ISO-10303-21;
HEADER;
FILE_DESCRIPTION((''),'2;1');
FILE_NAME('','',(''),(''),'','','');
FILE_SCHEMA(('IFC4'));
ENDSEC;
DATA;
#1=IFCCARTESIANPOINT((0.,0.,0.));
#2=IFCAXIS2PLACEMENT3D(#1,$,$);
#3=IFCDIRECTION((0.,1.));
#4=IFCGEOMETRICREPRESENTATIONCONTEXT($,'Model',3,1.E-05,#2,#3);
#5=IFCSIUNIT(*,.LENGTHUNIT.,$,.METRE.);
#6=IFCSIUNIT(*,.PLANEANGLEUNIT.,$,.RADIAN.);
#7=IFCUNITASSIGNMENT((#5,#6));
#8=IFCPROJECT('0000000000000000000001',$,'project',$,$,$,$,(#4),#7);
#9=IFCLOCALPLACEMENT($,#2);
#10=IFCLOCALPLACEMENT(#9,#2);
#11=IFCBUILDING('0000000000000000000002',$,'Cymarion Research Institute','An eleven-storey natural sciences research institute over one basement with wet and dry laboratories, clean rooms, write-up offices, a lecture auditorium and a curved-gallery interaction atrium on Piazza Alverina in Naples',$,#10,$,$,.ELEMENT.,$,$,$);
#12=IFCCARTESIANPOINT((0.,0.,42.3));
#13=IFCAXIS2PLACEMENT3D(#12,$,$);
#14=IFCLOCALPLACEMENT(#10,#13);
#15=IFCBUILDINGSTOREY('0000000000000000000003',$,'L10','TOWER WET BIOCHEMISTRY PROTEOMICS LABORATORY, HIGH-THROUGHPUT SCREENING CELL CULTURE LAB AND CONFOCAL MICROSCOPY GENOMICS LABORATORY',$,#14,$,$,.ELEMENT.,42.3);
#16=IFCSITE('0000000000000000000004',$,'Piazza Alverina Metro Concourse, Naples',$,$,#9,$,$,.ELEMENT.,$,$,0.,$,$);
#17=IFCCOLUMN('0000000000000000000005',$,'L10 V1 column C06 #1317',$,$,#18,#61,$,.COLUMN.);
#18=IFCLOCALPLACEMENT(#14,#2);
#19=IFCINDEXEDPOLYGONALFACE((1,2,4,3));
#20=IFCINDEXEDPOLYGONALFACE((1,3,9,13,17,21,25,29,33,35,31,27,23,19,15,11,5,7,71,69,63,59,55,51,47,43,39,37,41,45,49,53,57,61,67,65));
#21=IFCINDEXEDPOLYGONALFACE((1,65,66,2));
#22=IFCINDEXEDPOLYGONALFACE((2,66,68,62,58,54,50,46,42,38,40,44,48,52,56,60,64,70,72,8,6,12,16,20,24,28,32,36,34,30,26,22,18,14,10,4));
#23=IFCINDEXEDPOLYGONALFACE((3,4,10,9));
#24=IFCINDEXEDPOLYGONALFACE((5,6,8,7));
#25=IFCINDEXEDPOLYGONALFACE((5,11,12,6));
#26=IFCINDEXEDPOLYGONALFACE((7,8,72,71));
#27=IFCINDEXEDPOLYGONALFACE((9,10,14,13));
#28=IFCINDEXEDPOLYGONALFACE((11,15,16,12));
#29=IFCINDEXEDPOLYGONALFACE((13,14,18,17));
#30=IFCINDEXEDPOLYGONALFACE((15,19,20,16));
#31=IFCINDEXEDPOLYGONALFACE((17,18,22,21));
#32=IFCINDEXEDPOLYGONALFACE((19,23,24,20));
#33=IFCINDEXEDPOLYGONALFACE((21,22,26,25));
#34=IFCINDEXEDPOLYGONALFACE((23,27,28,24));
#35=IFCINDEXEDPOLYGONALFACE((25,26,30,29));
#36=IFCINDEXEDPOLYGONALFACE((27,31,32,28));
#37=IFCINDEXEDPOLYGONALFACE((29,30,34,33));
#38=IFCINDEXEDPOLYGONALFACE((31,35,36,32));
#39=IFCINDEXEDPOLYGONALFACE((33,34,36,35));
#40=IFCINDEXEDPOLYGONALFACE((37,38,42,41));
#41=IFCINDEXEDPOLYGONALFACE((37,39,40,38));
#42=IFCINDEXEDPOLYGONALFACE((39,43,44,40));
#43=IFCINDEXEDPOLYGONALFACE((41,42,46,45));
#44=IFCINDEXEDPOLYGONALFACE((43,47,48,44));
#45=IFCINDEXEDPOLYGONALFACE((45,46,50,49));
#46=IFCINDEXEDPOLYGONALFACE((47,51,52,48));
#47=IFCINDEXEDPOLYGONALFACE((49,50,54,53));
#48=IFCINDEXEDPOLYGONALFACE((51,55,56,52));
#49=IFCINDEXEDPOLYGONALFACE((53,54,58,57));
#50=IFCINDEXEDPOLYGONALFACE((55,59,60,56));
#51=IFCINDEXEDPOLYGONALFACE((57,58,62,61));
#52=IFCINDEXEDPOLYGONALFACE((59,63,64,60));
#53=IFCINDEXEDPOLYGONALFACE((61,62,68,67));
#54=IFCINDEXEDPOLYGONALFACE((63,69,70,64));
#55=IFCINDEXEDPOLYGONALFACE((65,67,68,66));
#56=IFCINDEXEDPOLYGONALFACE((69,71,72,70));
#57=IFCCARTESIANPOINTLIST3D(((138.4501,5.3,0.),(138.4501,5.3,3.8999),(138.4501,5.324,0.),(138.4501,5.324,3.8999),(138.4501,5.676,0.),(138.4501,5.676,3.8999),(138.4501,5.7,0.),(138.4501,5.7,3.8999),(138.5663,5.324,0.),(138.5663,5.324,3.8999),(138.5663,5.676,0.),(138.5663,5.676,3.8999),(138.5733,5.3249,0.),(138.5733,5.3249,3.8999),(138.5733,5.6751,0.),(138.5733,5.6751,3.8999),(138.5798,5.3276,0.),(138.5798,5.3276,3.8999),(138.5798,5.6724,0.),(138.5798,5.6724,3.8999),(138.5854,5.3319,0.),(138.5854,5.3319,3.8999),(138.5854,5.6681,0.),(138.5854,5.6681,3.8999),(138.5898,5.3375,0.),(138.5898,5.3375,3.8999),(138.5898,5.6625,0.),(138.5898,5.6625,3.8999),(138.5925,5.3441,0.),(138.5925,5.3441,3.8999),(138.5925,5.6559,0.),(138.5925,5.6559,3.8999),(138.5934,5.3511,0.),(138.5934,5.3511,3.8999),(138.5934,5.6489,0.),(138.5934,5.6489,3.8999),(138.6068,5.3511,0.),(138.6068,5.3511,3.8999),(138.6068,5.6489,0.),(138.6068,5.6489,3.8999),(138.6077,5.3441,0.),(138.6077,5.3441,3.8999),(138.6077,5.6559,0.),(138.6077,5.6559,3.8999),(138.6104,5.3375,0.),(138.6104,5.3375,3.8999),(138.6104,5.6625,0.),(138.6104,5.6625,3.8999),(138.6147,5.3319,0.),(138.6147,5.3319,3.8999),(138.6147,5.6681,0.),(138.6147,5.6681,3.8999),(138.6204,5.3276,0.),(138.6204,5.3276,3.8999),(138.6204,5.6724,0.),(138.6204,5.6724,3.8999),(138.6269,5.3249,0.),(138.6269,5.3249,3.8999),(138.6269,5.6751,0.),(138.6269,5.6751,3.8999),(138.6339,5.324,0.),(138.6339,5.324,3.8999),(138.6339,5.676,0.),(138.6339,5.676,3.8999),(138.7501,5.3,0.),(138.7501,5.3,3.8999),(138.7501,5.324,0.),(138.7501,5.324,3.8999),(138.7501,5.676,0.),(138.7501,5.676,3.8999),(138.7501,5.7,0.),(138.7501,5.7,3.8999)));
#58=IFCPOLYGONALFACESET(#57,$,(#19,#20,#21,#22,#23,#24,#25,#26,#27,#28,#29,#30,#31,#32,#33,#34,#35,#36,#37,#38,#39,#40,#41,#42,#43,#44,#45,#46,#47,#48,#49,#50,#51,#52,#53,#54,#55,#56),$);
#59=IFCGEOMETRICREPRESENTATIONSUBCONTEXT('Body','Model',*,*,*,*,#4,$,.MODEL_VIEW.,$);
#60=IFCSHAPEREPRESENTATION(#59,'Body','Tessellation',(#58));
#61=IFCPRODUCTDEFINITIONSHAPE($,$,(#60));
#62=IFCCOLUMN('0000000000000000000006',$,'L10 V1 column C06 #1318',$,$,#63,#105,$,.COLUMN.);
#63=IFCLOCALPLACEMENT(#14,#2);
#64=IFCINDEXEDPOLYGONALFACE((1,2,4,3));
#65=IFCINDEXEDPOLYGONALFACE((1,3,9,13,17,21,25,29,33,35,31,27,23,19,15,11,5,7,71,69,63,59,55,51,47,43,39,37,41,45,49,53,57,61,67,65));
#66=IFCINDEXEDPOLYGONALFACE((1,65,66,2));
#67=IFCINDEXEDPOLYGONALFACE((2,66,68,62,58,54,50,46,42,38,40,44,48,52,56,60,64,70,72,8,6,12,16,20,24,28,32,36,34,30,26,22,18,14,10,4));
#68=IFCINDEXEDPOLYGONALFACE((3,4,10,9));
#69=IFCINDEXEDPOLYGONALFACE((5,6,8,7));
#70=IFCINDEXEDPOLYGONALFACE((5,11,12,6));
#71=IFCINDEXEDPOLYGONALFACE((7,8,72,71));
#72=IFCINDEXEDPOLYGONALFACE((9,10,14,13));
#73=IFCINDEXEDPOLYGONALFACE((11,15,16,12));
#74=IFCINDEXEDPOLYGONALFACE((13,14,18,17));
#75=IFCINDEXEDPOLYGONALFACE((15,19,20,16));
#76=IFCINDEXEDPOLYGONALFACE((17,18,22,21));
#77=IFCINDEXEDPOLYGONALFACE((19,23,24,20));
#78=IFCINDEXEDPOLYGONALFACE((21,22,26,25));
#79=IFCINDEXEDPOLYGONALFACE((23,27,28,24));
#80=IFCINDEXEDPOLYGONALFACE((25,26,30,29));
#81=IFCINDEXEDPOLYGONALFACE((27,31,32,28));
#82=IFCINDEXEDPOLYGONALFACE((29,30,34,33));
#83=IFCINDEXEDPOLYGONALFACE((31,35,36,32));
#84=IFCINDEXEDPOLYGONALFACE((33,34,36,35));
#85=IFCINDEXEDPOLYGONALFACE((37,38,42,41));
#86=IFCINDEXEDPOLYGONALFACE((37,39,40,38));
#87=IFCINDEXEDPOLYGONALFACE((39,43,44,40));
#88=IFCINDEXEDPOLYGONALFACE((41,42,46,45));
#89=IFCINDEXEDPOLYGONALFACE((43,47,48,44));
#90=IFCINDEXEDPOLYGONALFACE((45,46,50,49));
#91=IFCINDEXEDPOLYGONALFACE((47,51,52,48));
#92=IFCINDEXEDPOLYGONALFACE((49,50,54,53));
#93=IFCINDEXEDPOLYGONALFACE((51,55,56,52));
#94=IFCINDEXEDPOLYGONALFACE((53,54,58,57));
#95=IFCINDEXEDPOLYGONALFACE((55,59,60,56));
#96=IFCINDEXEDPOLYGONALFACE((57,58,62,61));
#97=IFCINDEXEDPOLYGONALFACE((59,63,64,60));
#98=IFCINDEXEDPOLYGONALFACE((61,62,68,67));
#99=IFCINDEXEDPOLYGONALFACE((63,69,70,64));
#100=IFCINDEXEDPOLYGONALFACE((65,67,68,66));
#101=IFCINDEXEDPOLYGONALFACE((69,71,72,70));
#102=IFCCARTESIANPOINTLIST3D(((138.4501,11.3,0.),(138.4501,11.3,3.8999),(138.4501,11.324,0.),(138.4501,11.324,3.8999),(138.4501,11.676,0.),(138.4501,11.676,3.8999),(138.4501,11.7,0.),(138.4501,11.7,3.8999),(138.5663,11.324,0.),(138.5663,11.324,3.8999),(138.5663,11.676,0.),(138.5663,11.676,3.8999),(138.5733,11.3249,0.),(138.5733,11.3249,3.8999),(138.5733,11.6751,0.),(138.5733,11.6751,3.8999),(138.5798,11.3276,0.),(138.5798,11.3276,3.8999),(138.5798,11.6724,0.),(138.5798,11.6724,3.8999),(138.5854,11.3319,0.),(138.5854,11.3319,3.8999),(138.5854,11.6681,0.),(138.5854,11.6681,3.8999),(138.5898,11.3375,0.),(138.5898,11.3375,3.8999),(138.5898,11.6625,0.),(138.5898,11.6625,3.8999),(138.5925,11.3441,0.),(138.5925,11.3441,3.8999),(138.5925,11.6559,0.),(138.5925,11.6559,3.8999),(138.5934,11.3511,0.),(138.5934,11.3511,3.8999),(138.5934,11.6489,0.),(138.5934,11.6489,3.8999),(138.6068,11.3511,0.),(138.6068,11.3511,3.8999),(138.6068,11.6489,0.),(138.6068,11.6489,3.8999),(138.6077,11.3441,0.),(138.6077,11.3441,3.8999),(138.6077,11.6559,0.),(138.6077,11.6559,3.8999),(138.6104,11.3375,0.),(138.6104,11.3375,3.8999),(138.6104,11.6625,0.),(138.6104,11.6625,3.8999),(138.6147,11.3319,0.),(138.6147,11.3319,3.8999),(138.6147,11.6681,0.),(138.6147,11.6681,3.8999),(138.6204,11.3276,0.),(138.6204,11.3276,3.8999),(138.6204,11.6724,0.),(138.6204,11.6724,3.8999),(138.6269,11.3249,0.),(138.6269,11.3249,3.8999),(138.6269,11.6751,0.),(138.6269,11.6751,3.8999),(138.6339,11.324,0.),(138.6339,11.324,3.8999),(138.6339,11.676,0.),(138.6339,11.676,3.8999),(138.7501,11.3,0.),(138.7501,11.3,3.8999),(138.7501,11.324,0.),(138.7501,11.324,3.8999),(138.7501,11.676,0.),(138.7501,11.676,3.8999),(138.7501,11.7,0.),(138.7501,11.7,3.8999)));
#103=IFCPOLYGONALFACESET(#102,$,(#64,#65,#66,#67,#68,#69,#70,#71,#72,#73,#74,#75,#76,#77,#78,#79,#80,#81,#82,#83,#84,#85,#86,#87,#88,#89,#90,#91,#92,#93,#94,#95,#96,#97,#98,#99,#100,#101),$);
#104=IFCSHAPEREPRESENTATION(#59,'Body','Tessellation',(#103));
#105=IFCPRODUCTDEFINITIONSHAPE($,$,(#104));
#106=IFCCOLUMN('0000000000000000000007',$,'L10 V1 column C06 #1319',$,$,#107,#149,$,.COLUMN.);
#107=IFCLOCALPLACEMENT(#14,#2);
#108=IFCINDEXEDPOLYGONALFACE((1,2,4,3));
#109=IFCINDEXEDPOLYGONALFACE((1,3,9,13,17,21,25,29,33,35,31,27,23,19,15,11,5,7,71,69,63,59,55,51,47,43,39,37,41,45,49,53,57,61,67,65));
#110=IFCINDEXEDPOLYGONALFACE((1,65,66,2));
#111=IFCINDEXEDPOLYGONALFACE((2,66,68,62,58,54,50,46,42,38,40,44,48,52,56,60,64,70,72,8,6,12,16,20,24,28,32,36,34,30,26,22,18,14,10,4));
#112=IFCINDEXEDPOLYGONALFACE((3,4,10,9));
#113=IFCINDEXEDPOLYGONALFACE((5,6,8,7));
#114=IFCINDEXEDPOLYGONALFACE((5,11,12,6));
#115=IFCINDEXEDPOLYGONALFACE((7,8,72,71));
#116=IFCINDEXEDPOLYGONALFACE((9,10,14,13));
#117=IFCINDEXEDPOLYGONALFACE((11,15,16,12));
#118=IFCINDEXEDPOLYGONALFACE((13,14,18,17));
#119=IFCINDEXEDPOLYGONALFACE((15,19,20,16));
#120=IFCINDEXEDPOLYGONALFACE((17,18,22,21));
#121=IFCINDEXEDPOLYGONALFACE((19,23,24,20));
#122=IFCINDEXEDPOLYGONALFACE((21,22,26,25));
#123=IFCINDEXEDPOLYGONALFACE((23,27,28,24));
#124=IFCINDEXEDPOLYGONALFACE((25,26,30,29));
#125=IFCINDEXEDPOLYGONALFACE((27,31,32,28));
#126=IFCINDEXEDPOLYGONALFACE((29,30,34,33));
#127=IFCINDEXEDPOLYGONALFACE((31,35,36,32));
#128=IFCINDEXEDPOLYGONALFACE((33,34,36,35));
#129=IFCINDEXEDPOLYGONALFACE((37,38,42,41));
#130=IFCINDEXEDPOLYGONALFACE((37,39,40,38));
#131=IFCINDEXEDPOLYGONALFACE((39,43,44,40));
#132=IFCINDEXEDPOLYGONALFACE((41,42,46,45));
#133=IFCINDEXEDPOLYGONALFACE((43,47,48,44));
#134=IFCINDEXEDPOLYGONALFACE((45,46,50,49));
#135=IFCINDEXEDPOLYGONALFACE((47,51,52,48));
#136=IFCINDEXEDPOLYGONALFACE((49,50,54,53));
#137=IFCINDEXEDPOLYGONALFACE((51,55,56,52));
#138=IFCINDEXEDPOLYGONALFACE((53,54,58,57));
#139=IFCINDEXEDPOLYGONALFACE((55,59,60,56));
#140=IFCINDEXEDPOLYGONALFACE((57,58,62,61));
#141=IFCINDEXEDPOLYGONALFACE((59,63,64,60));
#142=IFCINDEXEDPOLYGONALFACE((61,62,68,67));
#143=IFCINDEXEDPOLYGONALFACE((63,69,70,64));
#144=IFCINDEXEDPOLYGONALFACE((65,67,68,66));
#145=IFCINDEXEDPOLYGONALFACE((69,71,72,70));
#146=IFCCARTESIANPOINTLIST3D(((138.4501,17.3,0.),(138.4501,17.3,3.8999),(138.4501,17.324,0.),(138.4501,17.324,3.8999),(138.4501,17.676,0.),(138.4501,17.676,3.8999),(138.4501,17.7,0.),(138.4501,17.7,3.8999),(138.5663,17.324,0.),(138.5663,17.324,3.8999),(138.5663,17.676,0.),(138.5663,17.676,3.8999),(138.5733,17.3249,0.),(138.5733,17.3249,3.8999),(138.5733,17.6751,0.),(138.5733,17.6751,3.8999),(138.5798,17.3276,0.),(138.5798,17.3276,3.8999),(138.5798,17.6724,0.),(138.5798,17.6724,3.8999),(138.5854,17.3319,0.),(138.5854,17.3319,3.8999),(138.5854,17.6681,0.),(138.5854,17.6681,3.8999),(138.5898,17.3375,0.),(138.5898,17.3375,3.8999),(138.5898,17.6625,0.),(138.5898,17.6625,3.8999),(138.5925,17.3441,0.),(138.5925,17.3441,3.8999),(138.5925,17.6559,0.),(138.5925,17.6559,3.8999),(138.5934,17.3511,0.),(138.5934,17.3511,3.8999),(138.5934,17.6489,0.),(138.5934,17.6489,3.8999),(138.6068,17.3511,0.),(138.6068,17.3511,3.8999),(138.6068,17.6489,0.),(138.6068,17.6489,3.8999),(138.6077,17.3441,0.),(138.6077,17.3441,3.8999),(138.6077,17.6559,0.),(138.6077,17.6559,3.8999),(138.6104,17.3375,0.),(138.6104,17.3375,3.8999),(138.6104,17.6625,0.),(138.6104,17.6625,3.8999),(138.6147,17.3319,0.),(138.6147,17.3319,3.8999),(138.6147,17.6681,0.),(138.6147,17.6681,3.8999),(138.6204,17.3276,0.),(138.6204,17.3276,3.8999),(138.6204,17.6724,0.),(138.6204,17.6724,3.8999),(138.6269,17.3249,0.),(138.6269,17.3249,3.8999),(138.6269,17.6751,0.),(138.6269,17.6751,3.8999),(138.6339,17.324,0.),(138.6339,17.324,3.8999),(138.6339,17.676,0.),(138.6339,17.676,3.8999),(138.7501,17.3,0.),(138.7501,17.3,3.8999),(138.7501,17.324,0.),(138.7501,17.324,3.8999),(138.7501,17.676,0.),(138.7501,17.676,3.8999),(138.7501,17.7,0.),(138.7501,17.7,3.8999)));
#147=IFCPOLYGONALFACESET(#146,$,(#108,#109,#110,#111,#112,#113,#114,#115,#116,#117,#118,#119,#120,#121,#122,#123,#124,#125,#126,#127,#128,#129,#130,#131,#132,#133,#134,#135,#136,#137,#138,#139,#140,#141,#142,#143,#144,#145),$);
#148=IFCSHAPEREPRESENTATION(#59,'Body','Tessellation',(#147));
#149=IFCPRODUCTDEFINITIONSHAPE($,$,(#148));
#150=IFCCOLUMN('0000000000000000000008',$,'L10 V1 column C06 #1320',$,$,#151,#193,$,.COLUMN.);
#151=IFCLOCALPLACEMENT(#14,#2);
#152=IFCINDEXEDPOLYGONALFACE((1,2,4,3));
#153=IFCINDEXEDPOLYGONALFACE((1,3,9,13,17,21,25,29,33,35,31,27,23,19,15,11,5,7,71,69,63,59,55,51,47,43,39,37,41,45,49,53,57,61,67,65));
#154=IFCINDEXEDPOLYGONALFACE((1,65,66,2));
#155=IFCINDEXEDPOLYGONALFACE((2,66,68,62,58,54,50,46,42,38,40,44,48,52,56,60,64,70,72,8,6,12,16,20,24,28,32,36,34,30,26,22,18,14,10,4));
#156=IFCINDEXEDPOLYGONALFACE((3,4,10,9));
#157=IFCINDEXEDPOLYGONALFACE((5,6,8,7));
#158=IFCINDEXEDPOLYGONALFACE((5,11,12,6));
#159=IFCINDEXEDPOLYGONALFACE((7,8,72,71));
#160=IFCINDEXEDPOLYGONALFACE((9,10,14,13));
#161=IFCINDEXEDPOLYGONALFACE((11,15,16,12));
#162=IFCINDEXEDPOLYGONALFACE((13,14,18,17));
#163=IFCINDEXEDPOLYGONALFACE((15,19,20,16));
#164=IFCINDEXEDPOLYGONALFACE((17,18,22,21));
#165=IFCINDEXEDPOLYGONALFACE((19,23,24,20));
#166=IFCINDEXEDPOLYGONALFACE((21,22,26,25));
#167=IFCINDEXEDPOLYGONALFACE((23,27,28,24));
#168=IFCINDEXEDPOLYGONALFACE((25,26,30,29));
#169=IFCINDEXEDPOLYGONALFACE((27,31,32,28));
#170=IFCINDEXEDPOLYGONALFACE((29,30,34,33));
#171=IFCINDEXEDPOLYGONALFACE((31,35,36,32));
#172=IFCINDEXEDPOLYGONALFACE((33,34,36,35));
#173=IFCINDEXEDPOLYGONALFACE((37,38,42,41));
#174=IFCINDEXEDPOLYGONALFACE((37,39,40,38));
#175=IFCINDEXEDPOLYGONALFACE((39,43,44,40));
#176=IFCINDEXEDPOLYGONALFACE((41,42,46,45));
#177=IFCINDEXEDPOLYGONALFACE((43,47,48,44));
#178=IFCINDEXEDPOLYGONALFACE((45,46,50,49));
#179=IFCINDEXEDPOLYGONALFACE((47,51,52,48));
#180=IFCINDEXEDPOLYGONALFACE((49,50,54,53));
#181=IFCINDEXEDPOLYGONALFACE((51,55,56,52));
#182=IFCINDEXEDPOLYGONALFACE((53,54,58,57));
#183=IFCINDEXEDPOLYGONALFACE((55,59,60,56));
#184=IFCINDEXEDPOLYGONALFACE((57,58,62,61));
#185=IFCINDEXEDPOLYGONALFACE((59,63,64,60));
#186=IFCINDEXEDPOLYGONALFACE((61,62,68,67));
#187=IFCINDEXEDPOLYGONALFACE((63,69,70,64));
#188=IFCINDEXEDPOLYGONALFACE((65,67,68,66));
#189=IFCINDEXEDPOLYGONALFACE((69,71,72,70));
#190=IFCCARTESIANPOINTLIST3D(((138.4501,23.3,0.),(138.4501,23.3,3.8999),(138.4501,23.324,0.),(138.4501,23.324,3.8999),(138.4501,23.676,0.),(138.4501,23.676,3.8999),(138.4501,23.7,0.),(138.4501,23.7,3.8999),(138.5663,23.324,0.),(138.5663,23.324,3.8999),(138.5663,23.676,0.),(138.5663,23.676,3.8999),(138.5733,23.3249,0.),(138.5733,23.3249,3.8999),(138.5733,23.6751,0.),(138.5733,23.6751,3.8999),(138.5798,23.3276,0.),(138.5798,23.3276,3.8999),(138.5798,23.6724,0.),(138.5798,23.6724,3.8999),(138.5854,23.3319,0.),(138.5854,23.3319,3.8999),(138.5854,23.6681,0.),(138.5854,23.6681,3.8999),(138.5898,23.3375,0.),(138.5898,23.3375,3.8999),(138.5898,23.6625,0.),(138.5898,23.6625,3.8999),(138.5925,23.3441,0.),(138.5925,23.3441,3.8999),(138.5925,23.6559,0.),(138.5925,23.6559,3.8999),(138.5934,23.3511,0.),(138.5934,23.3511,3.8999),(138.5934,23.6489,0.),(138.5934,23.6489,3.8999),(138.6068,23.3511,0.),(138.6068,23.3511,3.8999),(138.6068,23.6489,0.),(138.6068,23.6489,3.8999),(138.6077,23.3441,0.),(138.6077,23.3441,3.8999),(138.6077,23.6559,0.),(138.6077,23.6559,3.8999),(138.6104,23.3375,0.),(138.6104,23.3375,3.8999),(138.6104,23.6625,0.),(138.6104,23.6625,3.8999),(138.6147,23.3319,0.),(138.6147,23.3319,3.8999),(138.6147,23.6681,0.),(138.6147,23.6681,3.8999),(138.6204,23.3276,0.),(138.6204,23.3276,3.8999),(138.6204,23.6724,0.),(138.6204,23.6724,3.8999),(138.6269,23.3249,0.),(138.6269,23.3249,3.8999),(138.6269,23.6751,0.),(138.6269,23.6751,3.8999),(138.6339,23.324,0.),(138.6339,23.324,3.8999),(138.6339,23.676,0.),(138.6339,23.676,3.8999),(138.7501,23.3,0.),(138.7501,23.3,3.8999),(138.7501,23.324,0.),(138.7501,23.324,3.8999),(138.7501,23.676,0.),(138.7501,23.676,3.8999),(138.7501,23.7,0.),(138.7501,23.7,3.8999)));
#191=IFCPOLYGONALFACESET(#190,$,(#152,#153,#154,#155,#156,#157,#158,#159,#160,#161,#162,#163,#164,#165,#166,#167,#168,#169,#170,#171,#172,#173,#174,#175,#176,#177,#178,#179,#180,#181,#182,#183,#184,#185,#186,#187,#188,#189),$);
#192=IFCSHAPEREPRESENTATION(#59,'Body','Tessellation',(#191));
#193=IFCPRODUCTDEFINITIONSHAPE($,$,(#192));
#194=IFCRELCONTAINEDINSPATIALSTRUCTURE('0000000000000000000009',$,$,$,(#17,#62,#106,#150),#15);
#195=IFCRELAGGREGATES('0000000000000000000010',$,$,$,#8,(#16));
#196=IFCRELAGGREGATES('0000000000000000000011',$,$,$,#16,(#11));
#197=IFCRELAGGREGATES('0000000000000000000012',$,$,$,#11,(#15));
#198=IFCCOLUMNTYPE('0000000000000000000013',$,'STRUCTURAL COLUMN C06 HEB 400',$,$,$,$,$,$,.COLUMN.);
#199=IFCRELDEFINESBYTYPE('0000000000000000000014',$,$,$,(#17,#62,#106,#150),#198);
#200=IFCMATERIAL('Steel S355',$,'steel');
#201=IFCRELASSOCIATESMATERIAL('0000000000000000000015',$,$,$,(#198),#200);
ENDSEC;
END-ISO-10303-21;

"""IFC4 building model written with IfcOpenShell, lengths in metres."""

from ifc_helpers import new_model, si_unit, direction, frame, origin, origin_2d, place, context, subcontext, project, spatial, i_section, extrude, material, material_profile, profile_set, type_object, element, save


model = new_model("IFC4")

# Units and contexts
model_context = context("Model", 3, precision=1e-05, world=origin(), true_north=direction((0.0, 1.0)))
body_context = subcontext(model_context, "Body", "Model", "MODEL_VIEW")
ifc_project = project(units=[si_unit("LENGTHUNIT", "METRE"), si_unit("PLANEANGLEUNIT", "RADIAN")], contexts=[model_context])

# Site, building, storey
site_placement = place(None, origin())
site = spatial("IfcSite", under=ifc_project, at=site_placement, Name="Piazza Alverina Metro Concourse, Naples", CompositionType="ELEMENT", RefElevation=0.0)
building_placement = place(site_placement, origin())
building = spatial("IfcBuilding", under=site, at=building_placement, Name="Cymarion Research Institute", Description="An eleven-storey natural sciences research institute over one basement with wet and dry laboratories, clean rooms, write-up offices, a lecture auditorium and a curved-gallery interaction atrium on Piazza Alverina in Naples", CompositionType="ELEMENT")
storey_placement = place(building_placement, frame((0.0, 0.0, 42.3)))
storey = spatial("IfcBuildingStorey", under=building, at=storey_placement, Name="L10", Description="TOWER WET BIOCHEMISTRY PROTEOMICS LABORATORY, HIGH-THROUGHPUT SCREENING CELL CULTURE LAB AND CONFOCAL MICROSCOPY GENOMICS LABORATORY", CompositionType="ELEMENT", Elevation=42.3)

# Columns
ifc_material_1 = material(Name="Steel S355", Category="steel")
ifc_material_profile_1 = material_profile(ifc_material_1, i_section(OverallWidth=0.3, OverallDepth=0.3999, WebThickness=0.0134, FlangeThickness=0.0239, FilletRadius=0.0271, at=origin_2d()), Name="HEB 400")
ifc_profile_set_1 = profile_set([ifc_material_profile_1], Name="Steel S355")
column_type = type_object("IfcColumnType", Name="STRUCTURAL COLUMN C06 HEB 400", PredefinedType="COLUMN", material=ifc_profile_set_1)
for number, where, z_axis, x_axis, name in (
    (1, (138.6001, 5.5, 0.0), (0.0, 0.0, 1.0), (1.0, 0.0, 0.0), "L10 V1 column C06 #1317"),
    (2, (138.6001, 11.5, 0.0), (0.0, 0.0, 1.0), (1.0, 0.0, 0.0), "L10 V1 column C06 #1318"),
    (3, (138.6001, 17.5, 0.0), (0.0, 0.0, 1.0), (1.0, 0.0, 0.0), "L10 V1 column C06 #1319"),
    (4, (138.6001, 23.5, 0.0), (0.0, 0.0, 1.0), (1.0, 0.0, 0.0), "L10 V1 column C06 #1320"),
):
    element("IfcColumn", number, at=place(storey_placement, frame(where, z_axis=z_axis, x_axis=x_axis)), inside=storey, type_object=column_type, Name=name, PredefinedType="COLUMN", context=body_context, shape_type="SweptSolid", body=[
        extrude(i_section(OverallWidth=0.3, OverallDepth=0.3999, WebThickness=0.0134, FlangeThickness=0.0239, FilletRadius=0.0271, at=origin_2d()), origin(), (0.0, 0.0, 1.0), 3.8999),
    ])

save(model, "model.ifc")
